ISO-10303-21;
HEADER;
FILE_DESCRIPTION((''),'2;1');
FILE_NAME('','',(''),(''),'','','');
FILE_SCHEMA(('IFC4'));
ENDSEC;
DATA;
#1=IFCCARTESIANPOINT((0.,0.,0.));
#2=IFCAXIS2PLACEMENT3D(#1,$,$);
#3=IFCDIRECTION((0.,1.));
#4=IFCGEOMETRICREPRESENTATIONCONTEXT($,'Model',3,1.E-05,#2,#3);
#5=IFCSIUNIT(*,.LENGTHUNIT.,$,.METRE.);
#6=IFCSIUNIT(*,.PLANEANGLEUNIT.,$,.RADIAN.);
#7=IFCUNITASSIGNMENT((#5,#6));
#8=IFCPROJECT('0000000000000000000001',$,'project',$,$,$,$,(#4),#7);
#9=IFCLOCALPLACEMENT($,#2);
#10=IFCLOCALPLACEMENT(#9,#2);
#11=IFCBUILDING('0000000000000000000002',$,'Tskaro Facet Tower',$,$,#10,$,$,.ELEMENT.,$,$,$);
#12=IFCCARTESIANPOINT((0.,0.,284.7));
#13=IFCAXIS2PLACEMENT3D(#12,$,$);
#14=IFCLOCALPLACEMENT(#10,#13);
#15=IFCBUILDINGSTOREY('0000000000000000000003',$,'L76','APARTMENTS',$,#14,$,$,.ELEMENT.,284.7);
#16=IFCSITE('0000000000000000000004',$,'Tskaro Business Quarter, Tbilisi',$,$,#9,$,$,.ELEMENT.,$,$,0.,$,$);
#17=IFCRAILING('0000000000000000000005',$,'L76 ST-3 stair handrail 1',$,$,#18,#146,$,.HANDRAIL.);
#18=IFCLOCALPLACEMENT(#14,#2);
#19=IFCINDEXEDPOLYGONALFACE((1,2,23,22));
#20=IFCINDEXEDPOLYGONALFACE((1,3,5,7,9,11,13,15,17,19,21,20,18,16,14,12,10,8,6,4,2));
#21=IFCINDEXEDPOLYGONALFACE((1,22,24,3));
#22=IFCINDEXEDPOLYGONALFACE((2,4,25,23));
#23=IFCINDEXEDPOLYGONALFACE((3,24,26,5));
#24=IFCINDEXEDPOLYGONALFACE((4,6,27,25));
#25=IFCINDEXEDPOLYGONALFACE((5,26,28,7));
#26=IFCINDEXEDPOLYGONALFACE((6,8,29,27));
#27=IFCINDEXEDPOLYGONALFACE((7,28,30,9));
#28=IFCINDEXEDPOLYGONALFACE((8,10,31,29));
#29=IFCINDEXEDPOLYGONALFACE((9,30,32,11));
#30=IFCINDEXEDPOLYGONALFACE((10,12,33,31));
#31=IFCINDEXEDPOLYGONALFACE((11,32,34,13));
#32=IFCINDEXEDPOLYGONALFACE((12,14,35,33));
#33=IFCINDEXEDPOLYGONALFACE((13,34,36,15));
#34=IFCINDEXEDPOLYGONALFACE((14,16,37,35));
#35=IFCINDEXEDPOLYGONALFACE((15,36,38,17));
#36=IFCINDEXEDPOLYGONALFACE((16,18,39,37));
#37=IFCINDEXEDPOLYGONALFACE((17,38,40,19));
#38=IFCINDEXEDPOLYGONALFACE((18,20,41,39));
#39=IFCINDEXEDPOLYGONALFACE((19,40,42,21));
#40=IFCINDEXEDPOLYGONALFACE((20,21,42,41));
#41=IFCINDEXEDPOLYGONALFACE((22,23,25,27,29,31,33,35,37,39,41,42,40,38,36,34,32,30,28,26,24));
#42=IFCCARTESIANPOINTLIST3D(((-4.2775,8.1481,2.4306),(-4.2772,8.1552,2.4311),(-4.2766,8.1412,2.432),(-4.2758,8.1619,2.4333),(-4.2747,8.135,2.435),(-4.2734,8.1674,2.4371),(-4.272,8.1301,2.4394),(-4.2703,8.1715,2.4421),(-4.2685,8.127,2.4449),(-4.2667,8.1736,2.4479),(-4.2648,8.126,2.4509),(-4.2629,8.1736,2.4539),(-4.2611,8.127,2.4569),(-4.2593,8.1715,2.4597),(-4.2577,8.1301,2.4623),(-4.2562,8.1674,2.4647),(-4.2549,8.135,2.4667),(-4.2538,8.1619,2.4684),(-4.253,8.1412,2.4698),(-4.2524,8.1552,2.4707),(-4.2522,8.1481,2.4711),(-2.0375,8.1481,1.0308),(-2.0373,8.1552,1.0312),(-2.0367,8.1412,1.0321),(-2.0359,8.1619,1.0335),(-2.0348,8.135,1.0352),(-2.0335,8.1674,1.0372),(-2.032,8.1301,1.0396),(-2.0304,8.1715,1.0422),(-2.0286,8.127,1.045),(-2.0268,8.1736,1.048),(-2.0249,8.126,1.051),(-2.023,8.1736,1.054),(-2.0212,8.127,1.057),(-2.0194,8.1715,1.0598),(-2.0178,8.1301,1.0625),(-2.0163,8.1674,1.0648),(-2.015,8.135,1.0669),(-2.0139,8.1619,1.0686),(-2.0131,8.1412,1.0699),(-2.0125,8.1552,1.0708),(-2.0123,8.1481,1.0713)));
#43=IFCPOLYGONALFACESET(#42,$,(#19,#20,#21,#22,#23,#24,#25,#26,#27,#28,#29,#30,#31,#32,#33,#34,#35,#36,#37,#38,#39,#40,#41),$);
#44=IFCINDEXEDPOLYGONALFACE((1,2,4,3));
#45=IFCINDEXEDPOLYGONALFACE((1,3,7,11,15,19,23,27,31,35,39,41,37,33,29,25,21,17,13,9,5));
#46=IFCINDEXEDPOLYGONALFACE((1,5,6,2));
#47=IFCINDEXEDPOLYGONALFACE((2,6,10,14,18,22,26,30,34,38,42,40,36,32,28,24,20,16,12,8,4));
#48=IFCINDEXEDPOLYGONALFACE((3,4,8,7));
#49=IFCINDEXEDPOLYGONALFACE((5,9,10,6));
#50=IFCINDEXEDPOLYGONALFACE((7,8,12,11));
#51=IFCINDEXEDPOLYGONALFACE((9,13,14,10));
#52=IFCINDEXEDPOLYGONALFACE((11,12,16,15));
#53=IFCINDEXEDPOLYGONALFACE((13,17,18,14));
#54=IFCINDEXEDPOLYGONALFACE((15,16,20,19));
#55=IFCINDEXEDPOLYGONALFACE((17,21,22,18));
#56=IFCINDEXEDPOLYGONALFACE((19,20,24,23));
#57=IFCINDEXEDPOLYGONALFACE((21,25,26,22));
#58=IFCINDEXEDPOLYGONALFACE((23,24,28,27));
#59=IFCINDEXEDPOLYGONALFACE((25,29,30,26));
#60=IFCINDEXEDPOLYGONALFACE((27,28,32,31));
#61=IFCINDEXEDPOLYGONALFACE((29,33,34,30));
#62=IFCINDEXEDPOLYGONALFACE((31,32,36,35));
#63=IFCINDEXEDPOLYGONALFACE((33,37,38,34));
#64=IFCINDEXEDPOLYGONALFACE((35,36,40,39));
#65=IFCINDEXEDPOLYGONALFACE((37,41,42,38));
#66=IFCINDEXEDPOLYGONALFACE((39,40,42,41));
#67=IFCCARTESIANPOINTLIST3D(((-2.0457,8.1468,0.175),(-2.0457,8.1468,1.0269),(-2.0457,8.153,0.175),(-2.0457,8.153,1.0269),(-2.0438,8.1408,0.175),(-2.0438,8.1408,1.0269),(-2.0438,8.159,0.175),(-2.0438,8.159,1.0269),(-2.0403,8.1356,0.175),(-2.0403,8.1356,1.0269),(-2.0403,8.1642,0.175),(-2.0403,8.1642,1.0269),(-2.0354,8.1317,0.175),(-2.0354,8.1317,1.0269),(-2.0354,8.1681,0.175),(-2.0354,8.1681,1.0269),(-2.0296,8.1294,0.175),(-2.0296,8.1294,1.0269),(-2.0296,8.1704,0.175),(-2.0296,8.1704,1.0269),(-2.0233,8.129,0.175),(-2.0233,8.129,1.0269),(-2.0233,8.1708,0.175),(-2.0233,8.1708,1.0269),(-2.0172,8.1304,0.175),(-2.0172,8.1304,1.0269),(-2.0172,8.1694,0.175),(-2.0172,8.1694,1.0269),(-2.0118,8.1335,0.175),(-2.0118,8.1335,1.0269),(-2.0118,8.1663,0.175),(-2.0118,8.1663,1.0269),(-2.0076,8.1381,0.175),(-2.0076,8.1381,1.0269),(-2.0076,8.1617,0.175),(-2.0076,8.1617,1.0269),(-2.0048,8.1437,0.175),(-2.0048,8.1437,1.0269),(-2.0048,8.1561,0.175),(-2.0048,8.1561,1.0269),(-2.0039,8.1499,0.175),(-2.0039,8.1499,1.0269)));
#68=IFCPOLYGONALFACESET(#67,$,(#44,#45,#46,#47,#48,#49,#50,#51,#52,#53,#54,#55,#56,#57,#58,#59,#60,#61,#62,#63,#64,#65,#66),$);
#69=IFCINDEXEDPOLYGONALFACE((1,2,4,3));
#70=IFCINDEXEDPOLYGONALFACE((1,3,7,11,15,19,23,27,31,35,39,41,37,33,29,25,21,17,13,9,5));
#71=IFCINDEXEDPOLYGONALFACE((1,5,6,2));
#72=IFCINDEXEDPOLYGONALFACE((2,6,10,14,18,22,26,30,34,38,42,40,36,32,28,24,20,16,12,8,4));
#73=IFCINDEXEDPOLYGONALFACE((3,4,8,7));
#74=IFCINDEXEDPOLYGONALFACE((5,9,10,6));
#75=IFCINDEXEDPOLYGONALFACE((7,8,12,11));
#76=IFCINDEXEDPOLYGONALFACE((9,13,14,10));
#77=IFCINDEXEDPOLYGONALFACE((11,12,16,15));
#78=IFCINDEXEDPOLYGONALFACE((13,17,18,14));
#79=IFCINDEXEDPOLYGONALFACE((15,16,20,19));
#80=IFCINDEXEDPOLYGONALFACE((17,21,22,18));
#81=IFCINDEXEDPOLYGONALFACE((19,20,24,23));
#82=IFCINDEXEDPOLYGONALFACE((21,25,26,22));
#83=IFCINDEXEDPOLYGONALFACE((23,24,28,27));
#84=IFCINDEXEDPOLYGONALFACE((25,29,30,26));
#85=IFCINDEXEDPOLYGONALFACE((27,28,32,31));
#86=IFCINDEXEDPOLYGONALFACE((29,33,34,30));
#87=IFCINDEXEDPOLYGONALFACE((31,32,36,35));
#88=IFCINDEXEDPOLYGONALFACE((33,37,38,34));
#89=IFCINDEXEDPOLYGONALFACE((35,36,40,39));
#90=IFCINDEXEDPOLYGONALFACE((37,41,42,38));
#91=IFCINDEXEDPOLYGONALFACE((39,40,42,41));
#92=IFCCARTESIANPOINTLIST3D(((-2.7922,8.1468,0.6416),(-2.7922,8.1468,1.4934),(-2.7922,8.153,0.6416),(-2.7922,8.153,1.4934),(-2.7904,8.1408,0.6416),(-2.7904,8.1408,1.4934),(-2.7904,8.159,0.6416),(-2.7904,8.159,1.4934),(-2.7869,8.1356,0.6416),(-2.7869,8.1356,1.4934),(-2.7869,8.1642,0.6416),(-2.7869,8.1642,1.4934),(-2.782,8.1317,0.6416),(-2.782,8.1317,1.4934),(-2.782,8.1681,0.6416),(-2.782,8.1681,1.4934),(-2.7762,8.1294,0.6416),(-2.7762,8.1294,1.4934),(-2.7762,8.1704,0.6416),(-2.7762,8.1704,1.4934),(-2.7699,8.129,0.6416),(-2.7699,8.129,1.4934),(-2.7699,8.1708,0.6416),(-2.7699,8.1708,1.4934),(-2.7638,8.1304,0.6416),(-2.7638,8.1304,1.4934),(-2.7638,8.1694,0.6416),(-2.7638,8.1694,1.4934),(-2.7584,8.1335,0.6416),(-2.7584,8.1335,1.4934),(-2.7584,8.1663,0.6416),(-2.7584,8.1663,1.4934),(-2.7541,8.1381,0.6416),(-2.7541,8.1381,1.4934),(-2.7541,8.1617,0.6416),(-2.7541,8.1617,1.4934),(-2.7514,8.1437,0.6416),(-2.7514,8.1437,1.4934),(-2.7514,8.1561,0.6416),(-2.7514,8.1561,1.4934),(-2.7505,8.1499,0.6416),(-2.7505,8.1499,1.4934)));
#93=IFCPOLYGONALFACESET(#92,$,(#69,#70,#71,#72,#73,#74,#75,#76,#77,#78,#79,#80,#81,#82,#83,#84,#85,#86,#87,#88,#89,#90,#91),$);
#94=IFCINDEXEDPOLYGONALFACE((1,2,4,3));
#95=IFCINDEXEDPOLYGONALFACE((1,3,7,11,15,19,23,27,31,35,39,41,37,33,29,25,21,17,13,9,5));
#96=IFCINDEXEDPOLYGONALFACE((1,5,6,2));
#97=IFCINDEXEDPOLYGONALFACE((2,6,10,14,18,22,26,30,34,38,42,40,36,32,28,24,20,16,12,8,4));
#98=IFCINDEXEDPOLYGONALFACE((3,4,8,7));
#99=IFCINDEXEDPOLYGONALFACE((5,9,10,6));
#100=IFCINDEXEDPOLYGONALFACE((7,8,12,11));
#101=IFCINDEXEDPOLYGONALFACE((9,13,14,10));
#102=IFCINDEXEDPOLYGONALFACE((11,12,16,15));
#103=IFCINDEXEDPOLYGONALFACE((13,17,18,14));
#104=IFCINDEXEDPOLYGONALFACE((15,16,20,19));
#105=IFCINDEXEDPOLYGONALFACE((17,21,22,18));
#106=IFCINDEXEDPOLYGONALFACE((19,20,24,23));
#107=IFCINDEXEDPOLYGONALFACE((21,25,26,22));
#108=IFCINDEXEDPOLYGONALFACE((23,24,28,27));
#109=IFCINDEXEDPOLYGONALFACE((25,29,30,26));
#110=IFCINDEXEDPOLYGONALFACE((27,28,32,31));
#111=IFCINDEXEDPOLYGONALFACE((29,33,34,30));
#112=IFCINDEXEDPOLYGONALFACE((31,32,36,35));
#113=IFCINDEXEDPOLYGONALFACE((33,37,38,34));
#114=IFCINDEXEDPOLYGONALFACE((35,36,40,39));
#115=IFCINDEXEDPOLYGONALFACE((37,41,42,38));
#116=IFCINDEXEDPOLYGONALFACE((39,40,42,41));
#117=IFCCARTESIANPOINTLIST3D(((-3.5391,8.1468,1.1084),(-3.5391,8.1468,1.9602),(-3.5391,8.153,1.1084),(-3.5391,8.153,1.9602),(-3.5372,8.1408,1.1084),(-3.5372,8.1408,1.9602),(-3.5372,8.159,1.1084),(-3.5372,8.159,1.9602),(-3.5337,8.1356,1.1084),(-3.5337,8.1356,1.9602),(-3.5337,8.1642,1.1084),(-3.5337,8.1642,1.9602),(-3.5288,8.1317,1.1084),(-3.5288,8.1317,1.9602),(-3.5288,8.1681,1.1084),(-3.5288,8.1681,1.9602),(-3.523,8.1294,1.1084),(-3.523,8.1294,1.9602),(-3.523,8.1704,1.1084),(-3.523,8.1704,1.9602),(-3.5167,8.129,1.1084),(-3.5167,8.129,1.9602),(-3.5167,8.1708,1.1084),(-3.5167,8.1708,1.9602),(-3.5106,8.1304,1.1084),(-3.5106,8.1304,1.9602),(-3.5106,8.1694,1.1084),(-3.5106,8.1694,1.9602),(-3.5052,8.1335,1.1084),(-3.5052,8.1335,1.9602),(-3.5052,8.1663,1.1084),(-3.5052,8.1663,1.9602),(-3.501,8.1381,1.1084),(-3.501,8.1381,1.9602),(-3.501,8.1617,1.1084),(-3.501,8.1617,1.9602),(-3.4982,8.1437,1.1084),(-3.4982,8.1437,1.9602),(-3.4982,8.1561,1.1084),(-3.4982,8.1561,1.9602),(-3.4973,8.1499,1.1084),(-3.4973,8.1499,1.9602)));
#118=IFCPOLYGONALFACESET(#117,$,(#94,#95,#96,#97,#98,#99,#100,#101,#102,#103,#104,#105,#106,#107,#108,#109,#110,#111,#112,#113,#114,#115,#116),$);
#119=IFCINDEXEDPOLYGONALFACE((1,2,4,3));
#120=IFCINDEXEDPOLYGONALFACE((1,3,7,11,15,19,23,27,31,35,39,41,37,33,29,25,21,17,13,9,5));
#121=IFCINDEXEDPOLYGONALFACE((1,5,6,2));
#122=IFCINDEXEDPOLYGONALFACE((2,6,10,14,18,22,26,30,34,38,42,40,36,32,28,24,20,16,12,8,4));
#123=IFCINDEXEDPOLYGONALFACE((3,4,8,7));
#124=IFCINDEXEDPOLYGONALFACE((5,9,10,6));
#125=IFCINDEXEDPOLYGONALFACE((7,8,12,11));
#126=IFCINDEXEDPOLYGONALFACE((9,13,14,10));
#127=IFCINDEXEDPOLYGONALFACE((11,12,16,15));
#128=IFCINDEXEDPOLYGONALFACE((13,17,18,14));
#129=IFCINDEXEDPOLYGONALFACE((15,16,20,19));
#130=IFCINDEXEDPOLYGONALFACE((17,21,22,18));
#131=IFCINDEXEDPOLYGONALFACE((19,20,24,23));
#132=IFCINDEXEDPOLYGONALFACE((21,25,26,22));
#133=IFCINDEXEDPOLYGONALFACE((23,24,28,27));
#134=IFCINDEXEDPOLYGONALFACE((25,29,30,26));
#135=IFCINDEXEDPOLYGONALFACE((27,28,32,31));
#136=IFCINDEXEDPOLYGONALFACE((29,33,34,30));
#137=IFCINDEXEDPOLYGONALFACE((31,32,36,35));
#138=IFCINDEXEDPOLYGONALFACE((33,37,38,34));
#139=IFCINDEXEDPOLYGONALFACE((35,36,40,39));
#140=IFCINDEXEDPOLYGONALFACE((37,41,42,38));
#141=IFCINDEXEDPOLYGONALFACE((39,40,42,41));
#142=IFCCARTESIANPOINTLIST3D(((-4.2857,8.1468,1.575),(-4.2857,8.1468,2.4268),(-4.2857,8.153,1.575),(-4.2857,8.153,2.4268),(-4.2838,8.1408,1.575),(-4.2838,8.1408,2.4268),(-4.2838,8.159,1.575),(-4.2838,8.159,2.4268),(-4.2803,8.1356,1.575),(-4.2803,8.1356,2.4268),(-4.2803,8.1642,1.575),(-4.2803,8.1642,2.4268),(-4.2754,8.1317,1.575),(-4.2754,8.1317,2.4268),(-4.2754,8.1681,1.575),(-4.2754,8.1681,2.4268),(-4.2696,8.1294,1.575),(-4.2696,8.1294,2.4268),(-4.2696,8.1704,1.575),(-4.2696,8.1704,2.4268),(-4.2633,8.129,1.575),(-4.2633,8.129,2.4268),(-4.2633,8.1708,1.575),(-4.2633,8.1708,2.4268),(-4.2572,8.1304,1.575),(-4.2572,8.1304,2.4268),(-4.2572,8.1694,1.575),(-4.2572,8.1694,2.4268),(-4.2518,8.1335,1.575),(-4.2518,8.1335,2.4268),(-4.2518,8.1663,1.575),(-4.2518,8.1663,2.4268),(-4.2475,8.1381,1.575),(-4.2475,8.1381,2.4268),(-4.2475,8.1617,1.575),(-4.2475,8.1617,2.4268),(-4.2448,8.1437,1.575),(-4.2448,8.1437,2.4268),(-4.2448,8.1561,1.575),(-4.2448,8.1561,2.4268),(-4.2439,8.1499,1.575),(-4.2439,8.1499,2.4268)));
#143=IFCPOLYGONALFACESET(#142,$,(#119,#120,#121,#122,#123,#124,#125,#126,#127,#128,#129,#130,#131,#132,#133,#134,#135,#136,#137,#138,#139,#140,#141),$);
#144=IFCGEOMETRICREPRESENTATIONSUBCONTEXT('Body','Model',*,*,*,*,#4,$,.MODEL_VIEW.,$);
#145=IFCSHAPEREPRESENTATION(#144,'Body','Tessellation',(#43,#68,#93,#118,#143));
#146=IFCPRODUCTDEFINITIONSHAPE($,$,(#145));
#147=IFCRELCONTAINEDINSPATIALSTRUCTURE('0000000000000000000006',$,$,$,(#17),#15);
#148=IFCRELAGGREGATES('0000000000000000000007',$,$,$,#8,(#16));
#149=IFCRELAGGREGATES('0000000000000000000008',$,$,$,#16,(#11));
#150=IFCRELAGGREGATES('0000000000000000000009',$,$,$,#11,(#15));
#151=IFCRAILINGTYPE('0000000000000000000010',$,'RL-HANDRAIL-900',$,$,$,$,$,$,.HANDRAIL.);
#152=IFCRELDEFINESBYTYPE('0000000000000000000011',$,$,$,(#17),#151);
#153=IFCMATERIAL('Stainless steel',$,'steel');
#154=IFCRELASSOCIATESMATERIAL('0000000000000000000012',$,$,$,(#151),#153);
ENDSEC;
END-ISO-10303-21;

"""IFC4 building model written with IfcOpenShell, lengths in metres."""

from ifc_helpers import new_model, si_unit, direction, frame, origin, origin_2d, place, context, subcontext, project, spatial, circle, extrude, material, type_object, element, save


model = new_model("IFC4")

# Units and contexts
model_context = context("Model", 3, precision=1e-05, world=origin(), true_north=direction((0.0, 1.0)))
body_context = subcontext(model_context, "Body", "Model", "MODEL_VIEW")
ifc_project = project(units=[si_unit("LENGTHUNIT", "METRE"), si_unit("PLANEANGLEUNIT", "RADIAN")], contexts=[model_context])

# Site, building, storey
site_placement = place(None, origin())
site = spatial("IfcSite", under=ifc_project, at=site_placement, Name="Tskaro Business Quarter, Tbilisi", CompositionType="ELEMENT", RefElevation=0.0)
building_placement = place(site_placement, origin())
building = spatial("IfcBuilding", under=site, at=building_placement, Name="Tskaro Facet Tower", CompositionType="ELEMENT")
storey_placement = place(building_placement, frame((0.0, 0.0, 284.7)))
storey = spatial("IfcBuildingStorey", under=building, at=storey_placement, Name="L76", Description="APARTMENTS", CompositionType="ELEMENT", Elevation=284.7)

# Railing
ifc_material_1 = material(Name="Stainless steel", Category="steel")
railing_type_1 = type_object("IfcRailingType", Name="RL-HANDRAIL-900", PredefinedType="HANDRAIL", material=ifc_material_1)
railing_1_placement = place(storey_placement, frame((-2.0249, 8.1499, 0.175)))
element("IfcRailing", 1, at=railing_1_placement, inside=storey, type_object=railing_type_1, Name="L76 ST-3 stair handrail 1", PredefinedType="HANDRAIL", context=body_context, shape_type="SweptSolid", body=[
    extrude(circle(Radius=0.0239, at=origin_2d()), frame((0.0, 0.0, 0.876), z_axis=(-0.848014, 0.0, 0.529974), x_axis=(0.0, -1.0, 0.0)), (0.0, 0.0, 1.0), 2.6414),
    extrude(circle(Radius=0.021, at=origin_2d()), origin(), (0.0, 0.0, 1.0), 0.8518),
    extrude(circle(Radius=0.021, at=origin_2d()), frame((-0.7466, 0.0, 0.4666)), (0.0, 0.0, 1.0), 0.8518),
    extrude(circle(Radius=0.021, at=origin_2d()), frame((-1.4934, 0.0, 0.9333)), (0.0, 0.0, 1.0), 0.8518),
    extrude(circle(Radius=0.021, at=origin_2d()), frame((-2.24, 0.0, 1.3999)), (0.0, 0.0, 1.0), 0.8518),
])

save(model, "model.ifc")
